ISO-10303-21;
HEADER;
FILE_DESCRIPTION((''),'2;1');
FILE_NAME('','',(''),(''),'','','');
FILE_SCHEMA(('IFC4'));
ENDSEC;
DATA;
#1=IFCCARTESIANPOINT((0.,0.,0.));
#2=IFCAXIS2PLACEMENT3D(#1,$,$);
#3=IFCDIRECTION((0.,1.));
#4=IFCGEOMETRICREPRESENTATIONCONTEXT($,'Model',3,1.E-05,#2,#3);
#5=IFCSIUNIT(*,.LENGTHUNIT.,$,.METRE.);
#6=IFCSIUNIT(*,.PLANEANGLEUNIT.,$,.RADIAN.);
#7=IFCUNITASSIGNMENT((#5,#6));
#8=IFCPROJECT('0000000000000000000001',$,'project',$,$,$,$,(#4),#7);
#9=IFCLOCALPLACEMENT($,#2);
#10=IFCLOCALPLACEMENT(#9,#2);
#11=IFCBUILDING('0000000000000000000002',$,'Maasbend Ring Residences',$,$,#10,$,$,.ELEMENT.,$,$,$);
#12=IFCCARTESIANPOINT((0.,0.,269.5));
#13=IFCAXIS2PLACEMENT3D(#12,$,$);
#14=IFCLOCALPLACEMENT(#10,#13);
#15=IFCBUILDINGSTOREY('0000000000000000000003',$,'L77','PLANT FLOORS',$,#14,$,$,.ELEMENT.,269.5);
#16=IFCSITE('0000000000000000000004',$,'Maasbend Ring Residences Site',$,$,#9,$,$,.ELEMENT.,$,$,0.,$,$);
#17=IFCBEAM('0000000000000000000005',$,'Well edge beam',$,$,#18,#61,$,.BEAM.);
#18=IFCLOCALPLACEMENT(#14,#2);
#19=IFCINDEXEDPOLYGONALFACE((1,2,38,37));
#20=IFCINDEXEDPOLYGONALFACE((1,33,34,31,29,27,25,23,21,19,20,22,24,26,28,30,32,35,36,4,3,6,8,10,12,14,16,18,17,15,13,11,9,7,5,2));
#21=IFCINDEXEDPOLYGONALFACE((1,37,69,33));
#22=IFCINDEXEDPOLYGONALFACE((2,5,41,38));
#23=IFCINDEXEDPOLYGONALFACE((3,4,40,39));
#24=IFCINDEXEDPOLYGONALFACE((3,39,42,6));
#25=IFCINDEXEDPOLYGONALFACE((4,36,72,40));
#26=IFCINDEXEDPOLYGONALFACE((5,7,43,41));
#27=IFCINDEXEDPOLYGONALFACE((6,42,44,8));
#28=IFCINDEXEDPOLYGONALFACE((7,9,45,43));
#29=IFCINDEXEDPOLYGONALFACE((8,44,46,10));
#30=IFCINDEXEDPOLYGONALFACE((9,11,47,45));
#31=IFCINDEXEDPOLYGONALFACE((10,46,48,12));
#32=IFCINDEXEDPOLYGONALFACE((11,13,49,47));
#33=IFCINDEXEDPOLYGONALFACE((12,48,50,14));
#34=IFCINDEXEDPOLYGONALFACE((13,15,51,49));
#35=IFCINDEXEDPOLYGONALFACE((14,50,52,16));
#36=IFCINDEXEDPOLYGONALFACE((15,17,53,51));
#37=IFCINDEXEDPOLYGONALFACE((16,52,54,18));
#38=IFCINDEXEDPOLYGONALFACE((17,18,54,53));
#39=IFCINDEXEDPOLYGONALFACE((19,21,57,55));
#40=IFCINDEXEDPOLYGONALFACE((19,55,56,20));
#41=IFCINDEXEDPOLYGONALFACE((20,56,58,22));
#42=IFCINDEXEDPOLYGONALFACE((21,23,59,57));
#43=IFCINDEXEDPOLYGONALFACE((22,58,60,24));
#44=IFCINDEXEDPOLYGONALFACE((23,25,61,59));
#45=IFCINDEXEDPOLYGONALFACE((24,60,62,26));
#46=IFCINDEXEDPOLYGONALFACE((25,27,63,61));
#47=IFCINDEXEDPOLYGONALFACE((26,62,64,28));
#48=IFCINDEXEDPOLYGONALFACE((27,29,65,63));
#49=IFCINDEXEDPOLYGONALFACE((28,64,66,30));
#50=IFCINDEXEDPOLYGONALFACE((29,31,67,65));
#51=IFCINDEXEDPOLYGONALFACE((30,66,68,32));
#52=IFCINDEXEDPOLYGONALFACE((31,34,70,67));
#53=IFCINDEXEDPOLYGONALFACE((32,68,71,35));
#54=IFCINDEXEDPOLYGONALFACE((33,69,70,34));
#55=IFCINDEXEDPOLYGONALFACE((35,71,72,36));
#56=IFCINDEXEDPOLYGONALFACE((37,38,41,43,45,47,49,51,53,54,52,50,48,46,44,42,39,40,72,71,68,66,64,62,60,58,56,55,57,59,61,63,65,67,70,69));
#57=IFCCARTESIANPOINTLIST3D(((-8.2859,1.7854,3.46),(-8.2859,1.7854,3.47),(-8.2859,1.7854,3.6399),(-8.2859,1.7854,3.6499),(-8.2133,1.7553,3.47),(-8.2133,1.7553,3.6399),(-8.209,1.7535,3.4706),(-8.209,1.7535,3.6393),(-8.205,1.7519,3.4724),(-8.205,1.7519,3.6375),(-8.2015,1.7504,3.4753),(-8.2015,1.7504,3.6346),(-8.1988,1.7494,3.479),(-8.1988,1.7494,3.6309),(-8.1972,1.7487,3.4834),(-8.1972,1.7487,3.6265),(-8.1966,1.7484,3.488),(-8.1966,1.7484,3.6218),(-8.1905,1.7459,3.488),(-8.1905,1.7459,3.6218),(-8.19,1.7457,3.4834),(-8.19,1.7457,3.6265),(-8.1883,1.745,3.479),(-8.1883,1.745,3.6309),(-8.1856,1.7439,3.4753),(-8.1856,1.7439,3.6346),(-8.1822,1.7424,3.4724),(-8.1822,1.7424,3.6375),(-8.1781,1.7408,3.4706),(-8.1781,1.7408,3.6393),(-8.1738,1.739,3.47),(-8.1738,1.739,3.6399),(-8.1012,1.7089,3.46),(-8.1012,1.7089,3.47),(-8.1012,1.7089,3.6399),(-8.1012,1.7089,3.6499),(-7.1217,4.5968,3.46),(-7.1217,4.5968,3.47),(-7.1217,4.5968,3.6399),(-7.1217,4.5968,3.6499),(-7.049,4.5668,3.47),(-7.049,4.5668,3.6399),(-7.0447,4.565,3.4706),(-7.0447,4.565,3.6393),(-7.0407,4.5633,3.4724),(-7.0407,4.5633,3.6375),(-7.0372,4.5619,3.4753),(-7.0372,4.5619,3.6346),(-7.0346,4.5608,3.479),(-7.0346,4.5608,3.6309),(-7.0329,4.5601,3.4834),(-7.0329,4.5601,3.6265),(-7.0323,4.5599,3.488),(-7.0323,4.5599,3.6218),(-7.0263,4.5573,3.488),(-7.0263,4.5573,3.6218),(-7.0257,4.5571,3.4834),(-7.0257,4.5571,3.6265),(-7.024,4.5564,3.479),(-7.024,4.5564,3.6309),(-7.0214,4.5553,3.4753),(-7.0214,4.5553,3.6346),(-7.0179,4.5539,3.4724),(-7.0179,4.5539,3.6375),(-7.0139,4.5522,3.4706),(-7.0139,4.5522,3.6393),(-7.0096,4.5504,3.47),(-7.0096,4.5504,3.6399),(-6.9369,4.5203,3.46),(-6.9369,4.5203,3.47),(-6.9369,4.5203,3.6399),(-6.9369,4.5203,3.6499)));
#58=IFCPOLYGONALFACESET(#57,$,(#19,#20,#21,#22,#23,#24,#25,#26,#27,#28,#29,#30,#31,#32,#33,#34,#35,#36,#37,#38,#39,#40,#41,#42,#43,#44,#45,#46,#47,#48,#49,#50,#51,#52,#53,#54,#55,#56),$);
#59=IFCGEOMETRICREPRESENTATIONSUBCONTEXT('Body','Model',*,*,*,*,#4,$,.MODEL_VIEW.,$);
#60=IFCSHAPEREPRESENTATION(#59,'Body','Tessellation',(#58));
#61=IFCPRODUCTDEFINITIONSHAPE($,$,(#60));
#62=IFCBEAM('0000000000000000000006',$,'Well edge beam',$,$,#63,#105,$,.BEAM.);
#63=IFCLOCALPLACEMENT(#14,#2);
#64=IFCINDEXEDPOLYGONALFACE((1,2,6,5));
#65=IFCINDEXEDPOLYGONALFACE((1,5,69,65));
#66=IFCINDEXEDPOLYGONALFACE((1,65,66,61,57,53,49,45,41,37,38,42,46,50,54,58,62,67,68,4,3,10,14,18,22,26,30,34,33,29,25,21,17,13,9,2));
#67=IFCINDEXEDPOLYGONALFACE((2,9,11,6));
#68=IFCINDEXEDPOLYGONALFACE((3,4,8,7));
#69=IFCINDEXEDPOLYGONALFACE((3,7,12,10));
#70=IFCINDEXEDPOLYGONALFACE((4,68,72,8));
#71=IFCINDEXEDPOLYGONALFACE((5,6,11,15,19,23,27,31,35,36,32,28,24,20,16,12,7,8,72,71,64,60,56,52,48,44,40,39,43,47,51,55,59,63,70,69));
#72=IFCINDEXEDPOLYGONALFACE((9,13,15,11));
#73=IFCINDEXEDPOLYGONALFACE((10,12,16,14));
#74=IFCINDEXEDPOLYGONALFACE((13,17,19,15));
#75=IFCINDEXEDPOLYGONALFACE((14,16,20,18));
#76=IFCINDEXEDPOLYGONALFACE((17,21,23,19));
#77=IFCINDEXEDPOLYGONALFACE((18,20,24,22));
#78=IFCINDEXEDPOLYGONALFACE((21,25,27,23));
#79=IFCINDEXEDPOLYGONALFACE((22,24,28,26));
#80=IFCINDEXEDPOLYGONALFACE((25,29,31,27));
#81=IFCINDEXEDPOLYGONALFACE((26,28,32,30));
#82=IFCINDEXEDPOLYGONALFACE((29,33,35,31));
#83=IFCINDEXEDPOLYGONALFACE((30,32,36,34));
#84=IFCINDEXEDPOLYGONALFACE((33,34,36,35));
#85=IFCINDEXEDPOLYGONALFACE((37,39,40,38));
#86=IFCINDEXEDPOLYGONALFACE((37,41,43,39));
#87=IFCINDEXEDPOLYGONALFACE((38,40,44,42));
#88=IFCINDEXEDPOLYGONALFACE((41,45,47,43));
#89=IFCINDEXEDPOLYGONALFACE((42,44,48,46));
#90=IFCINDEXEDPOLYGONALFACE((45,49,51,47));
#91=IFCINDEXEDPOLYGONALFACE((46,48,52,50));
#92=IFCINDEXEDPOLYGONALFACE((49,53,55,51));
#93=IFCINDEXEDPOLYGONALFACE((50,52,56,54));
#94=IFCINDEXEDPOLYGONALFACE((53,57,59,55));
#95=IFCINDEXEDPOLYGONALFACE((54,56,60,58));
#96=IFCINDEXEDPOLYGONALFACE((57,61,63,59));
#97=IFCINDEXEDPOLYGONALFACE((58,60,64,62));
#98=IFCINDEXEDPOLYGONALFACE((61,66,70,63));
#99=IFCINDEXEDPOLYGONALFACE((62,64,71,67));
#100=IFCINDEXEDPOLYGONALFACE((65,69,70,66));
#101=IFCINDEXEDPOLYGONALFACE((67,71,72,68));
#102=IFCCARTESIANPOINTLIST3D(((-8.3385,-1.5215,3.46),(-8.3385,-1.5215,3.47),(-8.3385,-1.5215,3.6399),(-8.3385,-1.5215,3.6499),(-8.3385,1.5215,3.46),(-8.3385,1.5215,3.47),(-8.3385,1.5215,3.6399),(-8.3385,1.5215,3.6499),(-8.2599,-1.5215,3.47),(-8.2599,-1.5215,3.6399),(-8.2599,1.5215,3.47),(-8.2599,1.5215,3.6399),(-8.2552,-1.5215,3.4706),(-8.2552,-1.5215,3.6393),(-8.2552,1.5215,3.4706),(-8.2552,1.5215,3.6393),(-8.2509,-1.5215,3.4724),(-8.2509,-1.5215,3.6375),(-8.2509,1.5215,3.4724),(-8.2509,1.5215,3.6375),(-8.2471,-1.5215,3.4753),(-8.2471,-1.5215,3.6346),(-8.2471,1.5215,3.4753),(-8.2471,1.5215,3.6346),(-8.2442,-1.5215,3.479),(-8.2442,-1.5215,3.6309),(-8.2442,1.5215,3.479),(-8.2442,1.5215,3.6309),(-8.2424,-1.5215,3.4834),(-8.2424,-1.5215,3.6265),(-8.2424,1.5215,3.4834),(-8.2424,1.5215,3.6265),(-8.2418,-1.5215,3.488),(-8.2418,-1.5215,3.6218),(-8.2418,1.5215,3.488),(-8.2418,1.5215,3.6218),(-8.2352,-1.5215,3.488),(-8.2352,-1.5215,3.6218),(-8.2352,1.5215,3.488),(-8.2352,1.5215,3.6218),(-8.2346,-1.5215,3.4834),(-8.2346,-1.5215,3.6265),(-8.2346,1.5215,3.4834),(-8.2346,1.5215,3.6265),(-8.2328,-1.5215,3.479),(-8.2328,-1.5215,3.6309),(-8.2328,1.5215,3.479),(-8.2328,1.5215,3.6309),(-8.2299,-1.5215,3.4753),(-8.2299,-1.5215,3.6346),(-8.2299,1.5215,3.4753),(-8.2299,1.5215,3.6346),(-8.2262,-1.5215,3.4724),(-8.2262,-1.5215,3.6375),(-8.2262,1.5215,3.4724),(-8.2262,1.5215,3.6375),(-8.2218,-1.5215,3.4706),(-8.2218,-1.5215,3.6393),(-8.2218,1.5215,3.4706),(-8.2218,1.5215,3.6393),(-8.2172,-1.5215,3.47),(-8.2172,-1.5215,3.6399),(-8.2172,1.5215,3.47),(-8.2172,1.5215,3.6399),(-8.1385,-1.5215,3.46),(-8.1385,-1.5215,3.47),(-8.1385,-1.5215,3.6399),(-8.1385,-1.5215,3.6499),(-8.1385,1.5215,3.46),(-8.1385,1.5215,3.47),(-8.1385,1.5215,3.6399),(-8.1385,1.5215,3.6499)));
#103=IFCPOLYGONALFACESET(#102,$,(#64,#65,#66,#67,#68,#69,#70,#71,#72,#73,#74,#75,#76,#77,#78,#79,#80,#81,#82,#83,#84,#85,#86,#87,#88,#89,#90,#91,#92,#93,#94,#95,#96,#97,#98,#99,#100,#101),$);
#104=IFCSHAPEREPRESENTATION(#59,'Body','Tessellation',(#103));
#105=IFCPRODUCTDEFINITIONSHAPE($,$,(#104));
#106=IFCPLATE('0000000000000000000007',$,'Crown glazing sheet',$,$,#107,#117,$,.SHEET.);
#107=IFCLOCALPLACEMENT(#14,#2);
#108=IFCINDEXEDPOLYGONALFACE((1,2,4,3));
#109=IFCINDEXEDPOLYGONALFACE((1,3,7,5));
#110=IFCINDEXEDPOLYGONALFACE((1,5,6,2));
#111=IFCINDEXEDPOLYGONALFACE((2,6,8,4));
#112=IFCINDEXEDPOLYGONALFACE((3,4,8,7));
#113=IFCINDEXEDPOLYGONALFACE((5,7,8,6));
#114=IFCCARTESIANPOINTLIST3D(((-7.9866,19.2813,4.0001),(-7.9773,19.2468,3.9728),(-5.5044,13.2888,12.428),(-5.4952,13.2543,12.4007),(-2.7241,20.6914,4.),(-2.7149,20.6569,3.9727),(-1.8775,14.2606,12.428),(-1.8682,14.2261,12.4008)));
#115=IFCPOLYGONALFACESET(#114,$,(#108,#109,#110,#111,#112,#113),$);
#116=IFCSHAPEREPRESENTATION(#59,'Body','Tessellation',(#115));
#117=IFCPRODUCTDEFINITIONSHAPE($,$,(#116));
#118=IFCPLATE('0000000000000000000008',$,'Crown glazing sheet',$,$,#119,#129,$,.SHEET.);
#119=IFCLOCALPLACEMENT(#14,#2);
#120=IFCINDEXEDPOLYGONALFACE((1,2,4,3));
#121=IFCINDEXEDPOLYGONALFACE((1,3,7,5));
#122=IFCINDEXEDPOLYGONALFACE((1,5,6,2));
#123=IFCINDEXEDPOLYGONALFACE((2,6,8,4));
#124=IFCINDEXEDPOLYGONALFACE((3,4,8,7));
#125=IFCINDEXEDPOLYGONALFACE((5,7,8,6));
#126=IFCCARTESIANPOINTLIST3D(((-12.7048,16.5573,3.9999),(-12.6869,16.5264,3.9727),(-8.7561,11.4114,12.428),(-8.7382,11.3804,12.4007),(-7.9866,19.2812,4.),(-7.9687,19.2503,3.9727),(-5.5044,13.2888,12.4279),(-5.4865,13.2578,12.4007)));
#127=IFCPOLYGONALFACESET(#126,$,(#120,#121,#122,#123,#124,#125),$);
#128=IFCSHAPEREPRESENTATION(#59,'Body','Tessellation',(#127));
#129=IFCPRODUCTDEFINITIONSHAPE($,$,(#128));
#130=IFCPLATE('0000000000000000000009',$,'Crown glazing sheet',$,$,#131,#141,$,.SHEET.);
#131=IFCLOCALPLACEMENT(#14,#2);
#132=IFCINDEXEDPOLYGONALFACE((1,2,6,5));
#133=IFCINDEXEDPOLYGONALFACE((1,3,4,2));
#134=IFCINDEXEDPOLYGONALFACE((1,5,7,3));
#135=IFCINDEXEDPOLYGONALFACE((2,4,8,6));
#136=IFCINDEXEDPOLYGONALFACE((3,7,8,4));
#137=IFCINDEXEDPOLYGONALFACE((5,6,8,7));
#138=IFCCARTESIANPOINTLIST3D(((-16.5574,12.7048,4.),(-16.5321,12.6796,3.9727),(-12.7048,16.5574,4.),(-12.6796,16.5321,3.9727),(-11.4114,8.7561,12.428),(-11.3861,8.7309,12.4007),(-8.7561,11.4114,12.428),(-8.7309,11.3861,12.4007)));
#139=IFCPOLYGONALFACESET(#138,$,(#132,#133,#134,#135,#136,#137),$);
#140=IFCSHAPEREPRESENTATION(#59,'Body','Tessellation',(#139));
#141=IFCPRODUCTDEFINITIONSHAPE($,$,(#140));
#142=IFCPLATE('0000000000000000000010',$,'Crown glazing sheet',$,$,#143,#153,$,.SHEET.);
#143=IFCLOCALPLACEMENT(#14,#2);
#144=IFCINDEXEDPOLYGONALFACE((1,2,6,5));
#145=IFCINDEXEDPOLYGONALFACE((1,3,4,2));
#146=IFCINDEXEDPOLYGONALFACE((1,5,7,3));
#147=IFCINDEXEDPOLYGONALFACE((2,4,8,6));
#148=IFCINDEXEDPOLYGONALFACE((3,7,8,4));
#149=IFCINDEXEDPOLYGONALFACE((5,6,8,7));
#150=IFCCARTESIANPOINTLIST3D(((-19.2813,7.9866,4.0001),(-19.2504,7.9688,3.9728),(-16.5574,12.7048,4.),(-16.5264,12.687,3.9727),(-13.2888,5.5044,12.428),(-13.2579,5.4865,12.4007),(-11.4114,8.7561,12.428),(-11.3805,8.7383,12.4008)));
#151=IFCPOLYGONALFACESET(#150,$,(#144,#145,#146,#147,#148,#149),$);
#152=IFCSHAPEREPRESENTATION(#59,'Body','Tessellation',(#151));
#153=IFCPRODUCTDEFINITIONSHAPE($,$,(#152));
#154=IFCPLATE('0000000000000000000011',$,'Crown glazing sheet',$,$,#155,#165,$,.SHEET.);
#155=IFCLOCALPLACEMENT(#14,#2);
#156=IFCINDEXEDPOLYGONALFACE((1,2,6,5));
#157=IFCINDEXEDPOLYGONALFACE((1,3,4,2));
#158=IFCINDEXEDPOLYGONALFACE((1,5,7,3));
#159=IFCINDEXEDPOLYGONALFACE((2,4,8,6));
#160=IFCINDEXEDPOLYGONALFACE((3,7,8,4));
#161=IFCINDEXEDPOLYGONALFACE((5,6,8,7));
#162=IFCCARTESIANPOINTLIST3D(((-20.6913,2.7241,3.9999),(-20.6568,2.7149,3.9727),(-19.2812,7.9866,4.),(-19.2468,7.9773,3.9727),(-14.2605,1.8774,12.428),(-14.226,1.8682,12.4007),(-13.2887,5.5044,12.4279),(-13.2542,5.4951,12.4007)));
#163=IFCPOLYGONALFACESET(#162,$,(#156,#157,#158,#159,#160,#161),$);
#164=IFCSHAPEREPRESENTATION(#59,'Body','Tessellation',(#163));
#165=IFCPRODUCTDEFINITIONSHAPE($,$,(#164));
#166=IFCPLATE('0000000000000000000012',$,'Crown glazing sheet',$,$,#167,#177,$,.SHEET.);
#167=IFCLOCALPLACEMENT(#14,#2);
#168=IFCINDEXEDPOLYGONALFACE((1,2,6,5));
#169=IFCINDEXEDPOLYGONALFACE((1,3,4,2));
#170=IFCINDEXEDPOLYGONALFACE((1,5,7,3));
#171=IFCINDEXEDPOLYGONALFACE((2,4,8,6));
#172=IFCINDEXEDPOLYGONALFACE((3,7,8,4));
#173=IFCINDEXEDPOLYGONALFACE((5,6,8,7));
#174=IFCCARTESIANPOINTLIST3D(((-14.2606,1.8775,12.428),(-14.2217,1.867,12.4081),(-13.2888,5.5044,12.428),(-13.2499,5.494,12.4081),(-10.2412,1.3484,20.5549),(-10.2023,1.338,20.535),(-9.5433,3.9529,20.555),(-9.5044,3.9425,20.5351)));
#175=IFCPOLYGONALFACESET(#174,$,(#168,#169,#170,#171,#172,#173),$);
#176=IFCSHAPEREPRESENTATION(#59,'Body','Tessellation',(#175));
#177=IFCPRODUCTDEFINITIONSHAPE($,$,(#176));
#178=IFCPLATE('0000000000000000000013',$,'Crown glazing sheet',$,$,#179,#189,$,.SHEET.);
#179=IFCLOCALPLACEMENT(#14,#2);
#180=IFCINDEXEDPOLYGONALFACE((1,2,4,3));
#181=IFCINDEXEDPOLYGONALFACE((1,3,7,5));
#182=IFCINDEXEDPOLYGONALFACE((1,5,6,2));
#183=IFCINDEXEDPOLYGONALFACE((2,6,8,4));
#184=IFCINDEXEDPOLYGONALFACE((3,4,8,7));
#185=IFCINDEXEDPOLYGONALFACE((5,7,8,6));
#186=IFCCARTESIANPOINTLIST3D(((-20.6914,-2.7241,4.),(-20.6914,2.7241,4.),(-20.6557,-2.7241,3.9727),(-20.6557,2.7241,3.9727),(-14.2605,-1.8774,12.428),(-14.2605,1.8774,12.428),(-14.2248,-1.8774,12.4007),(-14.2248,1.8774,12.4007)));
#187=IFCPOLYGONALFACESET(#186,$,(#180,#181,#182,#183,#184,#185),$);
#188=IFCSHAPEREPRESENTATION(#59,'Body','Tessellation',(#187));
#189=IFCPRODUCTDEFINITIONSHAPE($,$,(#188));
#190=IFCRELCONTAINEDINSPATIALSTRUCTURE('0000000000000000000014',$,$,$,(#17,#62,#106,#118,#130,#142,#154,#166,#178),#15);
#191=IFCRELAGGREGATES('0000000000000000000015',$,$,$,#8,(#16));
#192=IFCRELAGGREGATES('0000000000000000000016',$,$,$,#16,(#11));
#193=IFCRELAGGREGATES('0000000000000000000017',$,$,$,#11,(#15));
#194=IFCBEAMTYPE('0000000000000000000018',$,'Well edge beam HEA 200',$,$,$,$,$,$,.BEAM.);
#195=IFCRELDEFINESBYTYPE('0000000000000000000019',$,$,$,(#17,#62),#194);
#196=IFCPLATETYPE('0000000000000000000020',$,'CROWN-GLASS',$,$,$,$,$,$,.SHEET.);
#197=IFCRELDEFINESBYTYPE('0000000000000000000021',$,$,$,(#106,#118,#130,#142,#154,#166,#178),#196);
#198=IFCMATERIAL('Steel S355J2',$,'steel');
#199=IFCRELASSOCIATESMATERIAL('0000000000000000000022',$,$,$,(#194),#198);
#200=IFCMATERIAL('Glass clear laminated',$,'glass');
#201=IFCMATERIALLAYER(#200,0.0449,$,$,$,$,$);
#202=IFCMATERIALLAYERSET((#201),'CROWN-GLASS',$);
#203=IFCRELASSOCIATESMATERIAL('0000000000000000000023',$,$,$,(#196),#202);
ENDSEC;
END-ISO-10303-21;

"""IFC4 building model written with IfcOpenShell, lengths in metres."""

from ifc_helpers import new_model, si_unit, direction, frame, origin, origin_2d, place, context, subcontext, project, spatial, polyline, i_section, outline, extrude, material, layer, layer_set, material_profile, profile_set, type_object, element, save


model = new_model("IFC4")

# Units and contexts
model_context = context("Model", 3, precision=1e-05, world=origin(), true_north=direction((0.0, 1.0)))
body_context = subcontext(model_context, "Body", "Model", "MODEL_VIEW")
ifc_project = project(units=[si_unit("LENGTHUNIT", "METRE"), si_unit("PLANEANGLEUNIT", "RADIAN")], contexts=[model_context])

# Site, building, storey
site_placement = place(None, origin())
site = spatial("IfcSite", under=ifc_project, at=site_placement, Name="Maasbend Ring Residences Site", CompositionType="ELEMENT", RefElevation=0.0)
building_placement = place(site_placement, origin())
building = spatial("IfcBuilding", under=site, at=building_placement, Name="Maasbend Ring Residences", CompositionType="ELEMENT")
storey_placement = place(building_placement, frame((0.0, 0.0, 269.5)))
storey = spatial("IfcBuildingStorey", under=building, at=storey_placement, Name="L77", Description="PLANT FLOORS", CompositionType="ELEMENT", Elevation=269.5)

# Beams
ifc_material_1 = material(Name="Steel S355J2", Category="steel")
ifc_material_profile_1 = material_profile(ifc_material_1, i_section(OverallWidth=0.2, OverallDepth=0.1899, WebThickness=0.0066, FlangeThickness=0.01, FilletRadius=0.0181, at=origin_2d()), Name="HEA 200")
ifc_profile_set_1 = profile_set([ifc_material_profile_1], Name="Steel S355J2")
beam_type_1 = type_object("IfcBeamType", Name="Well edge beam HEA 200", PredefinedType="BEAM", material=ifc_profile_set_1)
for number, where, z_axis, x_axis, name in (
    (1, (-7.0293, 4.5586, 3.5549), (-0.382609, -0.92391, 0.0), (0.92391, -0.382609, 0.0), "Well edge beam"),
    (2, (-8.2385, 1.5215, 3.5549), (0.0, -1.0, 0.0), (1.0, 0.0, 0.0), "Well edge beam"),
):
    element("IfcBeam", number, at=place(storey_placement, frame(where, z_axis=z_axis, x_axis=x_axis)), inside=storey, type_object=beam_type_1, Name=name, PredefinedType="BEAM", context=body_context, shape_type="SweptSolid", body=[
        extrude(i_section(OverallWidth=0.2, OverallDepth=0.1899, WebThickness=0.0066, FlangeThickness=0.01, FilletRadius=0.0181, at=origin_2d()), origin(), (0.0, 0.0, 1.0), 3.043),
    ])

# Plates
ifc_material_2 = material(Name="Glass clear laminated", Category="glass")
ifc_layer = layer(ifc_material_2, 0.0449)
ifc_layer_set = layer_set([ifc_layer], Name="CROWN-GLASS")
plate_type = type_object("IfcPlateType", Name="CROWN-GLASS", PredefinedType="SHEET", material=ifc_layer_set)
plate_1_placement = place(storey_placement, frame((-2.7241, 20.6914, 4.0), z_axis=(-0.205755, 0.767913, 0.606609), x_axis=(-0.965926, -0.25882, 0.000011)))
element("IfcPlate", 3, at=plate_1_placement, inside=storey, type_object=plate_type, Name="Crown glazing sheet", PredefinedType="SHEET", context=body_context, shape_type="SweptSolid", body=[
    extrude(outline(polyline([(0.0, 0.0), (5.4481, 0.0), (4.6016, 10.6012), (0.8467, 10.6013), (0.0, 0.0)])), origin(), (0.0, 0.0, -1.0), 0.0449),
])
plate_2_placement = place(storey_placement, frame((-7.9866, 19.2812, 4.0), z_axis=(-0.39749, 0.688496, 0.606609), x_axis=(-0.866036, -0.499982, -0.00001)))
element("IfcPlate", 4, at=plate_2_placement, inside=storey, type_object=plate_type, Name="Crown glazing sheet", PredefinedType="SHEET", context=body_context, shape_type="SweptSolid", body=[
    extrude(outline(polyline([(0.0, 0.0), (5.4481, 0.0), (4.6012, 10.6013), (0.8464, 10.6012), (0.0, 0.0)])), origin(), (0.0, 0.0, -1.0), 0.0449),
])
plate_3_placement = place(storey_placement, frame((-12.7048, 16.5574, 4.0), z_axis=(-0.562146, 0.562146, 0.606618), x_axis=(-0.707107, -0.707107, 0.0)))
element("IfcPlate", 5, at=plate_3_placement, inside=storey, type_object=plate_type, Name="Crown glazing sheet", PredefinedType="SHEET", context=body_context, shape_type="SweptSolid", body=[
    extrude(outline(polyline([(0.0, 0.0), (5.4483, 0.0), (4.6017, 10.6013), (0.8466, 10.6013), (0.0, 0.0)])), origin(), (0.0, 0.0, -1.0), 0.0449),
])
plate_4_placement = place(storey_placement, frame((-16.5574, 12.7048, 4.0), z_axis=(-0.688496, 0.39749, 0.606609), x_axis=(-0.499982, -0.866036, 0.00001)))
element("IfcPlate", 6, at=plate_4_placement, inside=storey, type_object=plate_type, Name="Crown glazing sheet", PredefinedType="SHEET", context=body_context, shape_type="SweptSolid", body=[
    extrude(outline(polyline([(0.0, 0.0), (5.4481, 0.0), (4.6017, 10.6012), (0.8469, 10.6013), (0.0, 0.0)])), origin(), (0.0, 0.0, -1.0), 0.0449),
])
plate_5_placement = place(storey_placement, frame((-19.2812, 7.9866, 4.0), z_axis=(-0.767913, 0.205755, 0.606609), x_axis=(-0.25882, -0.965926, -0.000011)))
element("IfcPlate", 7, at=plate_5_placement, inside=storey, type_object=plate_type, Name="Crown glazing sheet", PredefinedType="SHEET", context=body_context, shape_type="SweptSolid", body=[
    extrude(outline(polyline([(0.0, 0.0), (5.4481, 0.0), (4.6014, 10.6013), (0.8465, 10.6012), (0.0, 0.0)])), origin(), (0.0, 0.0, -1.0), 0.0449),
])
plate_6_placement = place(storey_placement, frame((-13.2888, 5.5044, 12.428), z_axis=(-0.865822, 0.231992, 0.44332), x_axis=(-0.258807, -0.965929, 0.000014)))
element("IfcPlate", 8, at=plate_6_placement, inside=storey, type_object=plate_type, Name="Crown glazing sheet", PredefinedType="SHEET", context=body_context, shape_type="SweptSolid", body=[
    extrude(outline(polyline([(0.0, 0.0), (3.7549, 0.0), (3.2258, 9.0665), (0.5294, 9.0666), (0.0, 0.0)])), origin(), (0.0, 0.0, -1.0), 0.0449),
])
plate_7_placement = place(storey_placement, frame((-20.6914, 2.7241, 4.0), z_axis=(-0.794995, 0.0, 0.606615), x_axis=(0.0, -1.0, 0.0)))
element("IfcPlate", 9, at=plate_7_placement, inside=storey, type_object=plate_type, Name="Crown glazing sheet", PredefinedType="SHEET", context=body_context, shape_type="SweptSolid", body=[
    extrude(outline(polyline([(0.0, 0.0), (5.4482, 0.0), (4.6016, 10.6013), (0.8467, 10.6013), (0.0, 0.0)])), origin(), (0.0, 0.0, -1.0), 0.0449),
])

save(model, "model.ifc")
